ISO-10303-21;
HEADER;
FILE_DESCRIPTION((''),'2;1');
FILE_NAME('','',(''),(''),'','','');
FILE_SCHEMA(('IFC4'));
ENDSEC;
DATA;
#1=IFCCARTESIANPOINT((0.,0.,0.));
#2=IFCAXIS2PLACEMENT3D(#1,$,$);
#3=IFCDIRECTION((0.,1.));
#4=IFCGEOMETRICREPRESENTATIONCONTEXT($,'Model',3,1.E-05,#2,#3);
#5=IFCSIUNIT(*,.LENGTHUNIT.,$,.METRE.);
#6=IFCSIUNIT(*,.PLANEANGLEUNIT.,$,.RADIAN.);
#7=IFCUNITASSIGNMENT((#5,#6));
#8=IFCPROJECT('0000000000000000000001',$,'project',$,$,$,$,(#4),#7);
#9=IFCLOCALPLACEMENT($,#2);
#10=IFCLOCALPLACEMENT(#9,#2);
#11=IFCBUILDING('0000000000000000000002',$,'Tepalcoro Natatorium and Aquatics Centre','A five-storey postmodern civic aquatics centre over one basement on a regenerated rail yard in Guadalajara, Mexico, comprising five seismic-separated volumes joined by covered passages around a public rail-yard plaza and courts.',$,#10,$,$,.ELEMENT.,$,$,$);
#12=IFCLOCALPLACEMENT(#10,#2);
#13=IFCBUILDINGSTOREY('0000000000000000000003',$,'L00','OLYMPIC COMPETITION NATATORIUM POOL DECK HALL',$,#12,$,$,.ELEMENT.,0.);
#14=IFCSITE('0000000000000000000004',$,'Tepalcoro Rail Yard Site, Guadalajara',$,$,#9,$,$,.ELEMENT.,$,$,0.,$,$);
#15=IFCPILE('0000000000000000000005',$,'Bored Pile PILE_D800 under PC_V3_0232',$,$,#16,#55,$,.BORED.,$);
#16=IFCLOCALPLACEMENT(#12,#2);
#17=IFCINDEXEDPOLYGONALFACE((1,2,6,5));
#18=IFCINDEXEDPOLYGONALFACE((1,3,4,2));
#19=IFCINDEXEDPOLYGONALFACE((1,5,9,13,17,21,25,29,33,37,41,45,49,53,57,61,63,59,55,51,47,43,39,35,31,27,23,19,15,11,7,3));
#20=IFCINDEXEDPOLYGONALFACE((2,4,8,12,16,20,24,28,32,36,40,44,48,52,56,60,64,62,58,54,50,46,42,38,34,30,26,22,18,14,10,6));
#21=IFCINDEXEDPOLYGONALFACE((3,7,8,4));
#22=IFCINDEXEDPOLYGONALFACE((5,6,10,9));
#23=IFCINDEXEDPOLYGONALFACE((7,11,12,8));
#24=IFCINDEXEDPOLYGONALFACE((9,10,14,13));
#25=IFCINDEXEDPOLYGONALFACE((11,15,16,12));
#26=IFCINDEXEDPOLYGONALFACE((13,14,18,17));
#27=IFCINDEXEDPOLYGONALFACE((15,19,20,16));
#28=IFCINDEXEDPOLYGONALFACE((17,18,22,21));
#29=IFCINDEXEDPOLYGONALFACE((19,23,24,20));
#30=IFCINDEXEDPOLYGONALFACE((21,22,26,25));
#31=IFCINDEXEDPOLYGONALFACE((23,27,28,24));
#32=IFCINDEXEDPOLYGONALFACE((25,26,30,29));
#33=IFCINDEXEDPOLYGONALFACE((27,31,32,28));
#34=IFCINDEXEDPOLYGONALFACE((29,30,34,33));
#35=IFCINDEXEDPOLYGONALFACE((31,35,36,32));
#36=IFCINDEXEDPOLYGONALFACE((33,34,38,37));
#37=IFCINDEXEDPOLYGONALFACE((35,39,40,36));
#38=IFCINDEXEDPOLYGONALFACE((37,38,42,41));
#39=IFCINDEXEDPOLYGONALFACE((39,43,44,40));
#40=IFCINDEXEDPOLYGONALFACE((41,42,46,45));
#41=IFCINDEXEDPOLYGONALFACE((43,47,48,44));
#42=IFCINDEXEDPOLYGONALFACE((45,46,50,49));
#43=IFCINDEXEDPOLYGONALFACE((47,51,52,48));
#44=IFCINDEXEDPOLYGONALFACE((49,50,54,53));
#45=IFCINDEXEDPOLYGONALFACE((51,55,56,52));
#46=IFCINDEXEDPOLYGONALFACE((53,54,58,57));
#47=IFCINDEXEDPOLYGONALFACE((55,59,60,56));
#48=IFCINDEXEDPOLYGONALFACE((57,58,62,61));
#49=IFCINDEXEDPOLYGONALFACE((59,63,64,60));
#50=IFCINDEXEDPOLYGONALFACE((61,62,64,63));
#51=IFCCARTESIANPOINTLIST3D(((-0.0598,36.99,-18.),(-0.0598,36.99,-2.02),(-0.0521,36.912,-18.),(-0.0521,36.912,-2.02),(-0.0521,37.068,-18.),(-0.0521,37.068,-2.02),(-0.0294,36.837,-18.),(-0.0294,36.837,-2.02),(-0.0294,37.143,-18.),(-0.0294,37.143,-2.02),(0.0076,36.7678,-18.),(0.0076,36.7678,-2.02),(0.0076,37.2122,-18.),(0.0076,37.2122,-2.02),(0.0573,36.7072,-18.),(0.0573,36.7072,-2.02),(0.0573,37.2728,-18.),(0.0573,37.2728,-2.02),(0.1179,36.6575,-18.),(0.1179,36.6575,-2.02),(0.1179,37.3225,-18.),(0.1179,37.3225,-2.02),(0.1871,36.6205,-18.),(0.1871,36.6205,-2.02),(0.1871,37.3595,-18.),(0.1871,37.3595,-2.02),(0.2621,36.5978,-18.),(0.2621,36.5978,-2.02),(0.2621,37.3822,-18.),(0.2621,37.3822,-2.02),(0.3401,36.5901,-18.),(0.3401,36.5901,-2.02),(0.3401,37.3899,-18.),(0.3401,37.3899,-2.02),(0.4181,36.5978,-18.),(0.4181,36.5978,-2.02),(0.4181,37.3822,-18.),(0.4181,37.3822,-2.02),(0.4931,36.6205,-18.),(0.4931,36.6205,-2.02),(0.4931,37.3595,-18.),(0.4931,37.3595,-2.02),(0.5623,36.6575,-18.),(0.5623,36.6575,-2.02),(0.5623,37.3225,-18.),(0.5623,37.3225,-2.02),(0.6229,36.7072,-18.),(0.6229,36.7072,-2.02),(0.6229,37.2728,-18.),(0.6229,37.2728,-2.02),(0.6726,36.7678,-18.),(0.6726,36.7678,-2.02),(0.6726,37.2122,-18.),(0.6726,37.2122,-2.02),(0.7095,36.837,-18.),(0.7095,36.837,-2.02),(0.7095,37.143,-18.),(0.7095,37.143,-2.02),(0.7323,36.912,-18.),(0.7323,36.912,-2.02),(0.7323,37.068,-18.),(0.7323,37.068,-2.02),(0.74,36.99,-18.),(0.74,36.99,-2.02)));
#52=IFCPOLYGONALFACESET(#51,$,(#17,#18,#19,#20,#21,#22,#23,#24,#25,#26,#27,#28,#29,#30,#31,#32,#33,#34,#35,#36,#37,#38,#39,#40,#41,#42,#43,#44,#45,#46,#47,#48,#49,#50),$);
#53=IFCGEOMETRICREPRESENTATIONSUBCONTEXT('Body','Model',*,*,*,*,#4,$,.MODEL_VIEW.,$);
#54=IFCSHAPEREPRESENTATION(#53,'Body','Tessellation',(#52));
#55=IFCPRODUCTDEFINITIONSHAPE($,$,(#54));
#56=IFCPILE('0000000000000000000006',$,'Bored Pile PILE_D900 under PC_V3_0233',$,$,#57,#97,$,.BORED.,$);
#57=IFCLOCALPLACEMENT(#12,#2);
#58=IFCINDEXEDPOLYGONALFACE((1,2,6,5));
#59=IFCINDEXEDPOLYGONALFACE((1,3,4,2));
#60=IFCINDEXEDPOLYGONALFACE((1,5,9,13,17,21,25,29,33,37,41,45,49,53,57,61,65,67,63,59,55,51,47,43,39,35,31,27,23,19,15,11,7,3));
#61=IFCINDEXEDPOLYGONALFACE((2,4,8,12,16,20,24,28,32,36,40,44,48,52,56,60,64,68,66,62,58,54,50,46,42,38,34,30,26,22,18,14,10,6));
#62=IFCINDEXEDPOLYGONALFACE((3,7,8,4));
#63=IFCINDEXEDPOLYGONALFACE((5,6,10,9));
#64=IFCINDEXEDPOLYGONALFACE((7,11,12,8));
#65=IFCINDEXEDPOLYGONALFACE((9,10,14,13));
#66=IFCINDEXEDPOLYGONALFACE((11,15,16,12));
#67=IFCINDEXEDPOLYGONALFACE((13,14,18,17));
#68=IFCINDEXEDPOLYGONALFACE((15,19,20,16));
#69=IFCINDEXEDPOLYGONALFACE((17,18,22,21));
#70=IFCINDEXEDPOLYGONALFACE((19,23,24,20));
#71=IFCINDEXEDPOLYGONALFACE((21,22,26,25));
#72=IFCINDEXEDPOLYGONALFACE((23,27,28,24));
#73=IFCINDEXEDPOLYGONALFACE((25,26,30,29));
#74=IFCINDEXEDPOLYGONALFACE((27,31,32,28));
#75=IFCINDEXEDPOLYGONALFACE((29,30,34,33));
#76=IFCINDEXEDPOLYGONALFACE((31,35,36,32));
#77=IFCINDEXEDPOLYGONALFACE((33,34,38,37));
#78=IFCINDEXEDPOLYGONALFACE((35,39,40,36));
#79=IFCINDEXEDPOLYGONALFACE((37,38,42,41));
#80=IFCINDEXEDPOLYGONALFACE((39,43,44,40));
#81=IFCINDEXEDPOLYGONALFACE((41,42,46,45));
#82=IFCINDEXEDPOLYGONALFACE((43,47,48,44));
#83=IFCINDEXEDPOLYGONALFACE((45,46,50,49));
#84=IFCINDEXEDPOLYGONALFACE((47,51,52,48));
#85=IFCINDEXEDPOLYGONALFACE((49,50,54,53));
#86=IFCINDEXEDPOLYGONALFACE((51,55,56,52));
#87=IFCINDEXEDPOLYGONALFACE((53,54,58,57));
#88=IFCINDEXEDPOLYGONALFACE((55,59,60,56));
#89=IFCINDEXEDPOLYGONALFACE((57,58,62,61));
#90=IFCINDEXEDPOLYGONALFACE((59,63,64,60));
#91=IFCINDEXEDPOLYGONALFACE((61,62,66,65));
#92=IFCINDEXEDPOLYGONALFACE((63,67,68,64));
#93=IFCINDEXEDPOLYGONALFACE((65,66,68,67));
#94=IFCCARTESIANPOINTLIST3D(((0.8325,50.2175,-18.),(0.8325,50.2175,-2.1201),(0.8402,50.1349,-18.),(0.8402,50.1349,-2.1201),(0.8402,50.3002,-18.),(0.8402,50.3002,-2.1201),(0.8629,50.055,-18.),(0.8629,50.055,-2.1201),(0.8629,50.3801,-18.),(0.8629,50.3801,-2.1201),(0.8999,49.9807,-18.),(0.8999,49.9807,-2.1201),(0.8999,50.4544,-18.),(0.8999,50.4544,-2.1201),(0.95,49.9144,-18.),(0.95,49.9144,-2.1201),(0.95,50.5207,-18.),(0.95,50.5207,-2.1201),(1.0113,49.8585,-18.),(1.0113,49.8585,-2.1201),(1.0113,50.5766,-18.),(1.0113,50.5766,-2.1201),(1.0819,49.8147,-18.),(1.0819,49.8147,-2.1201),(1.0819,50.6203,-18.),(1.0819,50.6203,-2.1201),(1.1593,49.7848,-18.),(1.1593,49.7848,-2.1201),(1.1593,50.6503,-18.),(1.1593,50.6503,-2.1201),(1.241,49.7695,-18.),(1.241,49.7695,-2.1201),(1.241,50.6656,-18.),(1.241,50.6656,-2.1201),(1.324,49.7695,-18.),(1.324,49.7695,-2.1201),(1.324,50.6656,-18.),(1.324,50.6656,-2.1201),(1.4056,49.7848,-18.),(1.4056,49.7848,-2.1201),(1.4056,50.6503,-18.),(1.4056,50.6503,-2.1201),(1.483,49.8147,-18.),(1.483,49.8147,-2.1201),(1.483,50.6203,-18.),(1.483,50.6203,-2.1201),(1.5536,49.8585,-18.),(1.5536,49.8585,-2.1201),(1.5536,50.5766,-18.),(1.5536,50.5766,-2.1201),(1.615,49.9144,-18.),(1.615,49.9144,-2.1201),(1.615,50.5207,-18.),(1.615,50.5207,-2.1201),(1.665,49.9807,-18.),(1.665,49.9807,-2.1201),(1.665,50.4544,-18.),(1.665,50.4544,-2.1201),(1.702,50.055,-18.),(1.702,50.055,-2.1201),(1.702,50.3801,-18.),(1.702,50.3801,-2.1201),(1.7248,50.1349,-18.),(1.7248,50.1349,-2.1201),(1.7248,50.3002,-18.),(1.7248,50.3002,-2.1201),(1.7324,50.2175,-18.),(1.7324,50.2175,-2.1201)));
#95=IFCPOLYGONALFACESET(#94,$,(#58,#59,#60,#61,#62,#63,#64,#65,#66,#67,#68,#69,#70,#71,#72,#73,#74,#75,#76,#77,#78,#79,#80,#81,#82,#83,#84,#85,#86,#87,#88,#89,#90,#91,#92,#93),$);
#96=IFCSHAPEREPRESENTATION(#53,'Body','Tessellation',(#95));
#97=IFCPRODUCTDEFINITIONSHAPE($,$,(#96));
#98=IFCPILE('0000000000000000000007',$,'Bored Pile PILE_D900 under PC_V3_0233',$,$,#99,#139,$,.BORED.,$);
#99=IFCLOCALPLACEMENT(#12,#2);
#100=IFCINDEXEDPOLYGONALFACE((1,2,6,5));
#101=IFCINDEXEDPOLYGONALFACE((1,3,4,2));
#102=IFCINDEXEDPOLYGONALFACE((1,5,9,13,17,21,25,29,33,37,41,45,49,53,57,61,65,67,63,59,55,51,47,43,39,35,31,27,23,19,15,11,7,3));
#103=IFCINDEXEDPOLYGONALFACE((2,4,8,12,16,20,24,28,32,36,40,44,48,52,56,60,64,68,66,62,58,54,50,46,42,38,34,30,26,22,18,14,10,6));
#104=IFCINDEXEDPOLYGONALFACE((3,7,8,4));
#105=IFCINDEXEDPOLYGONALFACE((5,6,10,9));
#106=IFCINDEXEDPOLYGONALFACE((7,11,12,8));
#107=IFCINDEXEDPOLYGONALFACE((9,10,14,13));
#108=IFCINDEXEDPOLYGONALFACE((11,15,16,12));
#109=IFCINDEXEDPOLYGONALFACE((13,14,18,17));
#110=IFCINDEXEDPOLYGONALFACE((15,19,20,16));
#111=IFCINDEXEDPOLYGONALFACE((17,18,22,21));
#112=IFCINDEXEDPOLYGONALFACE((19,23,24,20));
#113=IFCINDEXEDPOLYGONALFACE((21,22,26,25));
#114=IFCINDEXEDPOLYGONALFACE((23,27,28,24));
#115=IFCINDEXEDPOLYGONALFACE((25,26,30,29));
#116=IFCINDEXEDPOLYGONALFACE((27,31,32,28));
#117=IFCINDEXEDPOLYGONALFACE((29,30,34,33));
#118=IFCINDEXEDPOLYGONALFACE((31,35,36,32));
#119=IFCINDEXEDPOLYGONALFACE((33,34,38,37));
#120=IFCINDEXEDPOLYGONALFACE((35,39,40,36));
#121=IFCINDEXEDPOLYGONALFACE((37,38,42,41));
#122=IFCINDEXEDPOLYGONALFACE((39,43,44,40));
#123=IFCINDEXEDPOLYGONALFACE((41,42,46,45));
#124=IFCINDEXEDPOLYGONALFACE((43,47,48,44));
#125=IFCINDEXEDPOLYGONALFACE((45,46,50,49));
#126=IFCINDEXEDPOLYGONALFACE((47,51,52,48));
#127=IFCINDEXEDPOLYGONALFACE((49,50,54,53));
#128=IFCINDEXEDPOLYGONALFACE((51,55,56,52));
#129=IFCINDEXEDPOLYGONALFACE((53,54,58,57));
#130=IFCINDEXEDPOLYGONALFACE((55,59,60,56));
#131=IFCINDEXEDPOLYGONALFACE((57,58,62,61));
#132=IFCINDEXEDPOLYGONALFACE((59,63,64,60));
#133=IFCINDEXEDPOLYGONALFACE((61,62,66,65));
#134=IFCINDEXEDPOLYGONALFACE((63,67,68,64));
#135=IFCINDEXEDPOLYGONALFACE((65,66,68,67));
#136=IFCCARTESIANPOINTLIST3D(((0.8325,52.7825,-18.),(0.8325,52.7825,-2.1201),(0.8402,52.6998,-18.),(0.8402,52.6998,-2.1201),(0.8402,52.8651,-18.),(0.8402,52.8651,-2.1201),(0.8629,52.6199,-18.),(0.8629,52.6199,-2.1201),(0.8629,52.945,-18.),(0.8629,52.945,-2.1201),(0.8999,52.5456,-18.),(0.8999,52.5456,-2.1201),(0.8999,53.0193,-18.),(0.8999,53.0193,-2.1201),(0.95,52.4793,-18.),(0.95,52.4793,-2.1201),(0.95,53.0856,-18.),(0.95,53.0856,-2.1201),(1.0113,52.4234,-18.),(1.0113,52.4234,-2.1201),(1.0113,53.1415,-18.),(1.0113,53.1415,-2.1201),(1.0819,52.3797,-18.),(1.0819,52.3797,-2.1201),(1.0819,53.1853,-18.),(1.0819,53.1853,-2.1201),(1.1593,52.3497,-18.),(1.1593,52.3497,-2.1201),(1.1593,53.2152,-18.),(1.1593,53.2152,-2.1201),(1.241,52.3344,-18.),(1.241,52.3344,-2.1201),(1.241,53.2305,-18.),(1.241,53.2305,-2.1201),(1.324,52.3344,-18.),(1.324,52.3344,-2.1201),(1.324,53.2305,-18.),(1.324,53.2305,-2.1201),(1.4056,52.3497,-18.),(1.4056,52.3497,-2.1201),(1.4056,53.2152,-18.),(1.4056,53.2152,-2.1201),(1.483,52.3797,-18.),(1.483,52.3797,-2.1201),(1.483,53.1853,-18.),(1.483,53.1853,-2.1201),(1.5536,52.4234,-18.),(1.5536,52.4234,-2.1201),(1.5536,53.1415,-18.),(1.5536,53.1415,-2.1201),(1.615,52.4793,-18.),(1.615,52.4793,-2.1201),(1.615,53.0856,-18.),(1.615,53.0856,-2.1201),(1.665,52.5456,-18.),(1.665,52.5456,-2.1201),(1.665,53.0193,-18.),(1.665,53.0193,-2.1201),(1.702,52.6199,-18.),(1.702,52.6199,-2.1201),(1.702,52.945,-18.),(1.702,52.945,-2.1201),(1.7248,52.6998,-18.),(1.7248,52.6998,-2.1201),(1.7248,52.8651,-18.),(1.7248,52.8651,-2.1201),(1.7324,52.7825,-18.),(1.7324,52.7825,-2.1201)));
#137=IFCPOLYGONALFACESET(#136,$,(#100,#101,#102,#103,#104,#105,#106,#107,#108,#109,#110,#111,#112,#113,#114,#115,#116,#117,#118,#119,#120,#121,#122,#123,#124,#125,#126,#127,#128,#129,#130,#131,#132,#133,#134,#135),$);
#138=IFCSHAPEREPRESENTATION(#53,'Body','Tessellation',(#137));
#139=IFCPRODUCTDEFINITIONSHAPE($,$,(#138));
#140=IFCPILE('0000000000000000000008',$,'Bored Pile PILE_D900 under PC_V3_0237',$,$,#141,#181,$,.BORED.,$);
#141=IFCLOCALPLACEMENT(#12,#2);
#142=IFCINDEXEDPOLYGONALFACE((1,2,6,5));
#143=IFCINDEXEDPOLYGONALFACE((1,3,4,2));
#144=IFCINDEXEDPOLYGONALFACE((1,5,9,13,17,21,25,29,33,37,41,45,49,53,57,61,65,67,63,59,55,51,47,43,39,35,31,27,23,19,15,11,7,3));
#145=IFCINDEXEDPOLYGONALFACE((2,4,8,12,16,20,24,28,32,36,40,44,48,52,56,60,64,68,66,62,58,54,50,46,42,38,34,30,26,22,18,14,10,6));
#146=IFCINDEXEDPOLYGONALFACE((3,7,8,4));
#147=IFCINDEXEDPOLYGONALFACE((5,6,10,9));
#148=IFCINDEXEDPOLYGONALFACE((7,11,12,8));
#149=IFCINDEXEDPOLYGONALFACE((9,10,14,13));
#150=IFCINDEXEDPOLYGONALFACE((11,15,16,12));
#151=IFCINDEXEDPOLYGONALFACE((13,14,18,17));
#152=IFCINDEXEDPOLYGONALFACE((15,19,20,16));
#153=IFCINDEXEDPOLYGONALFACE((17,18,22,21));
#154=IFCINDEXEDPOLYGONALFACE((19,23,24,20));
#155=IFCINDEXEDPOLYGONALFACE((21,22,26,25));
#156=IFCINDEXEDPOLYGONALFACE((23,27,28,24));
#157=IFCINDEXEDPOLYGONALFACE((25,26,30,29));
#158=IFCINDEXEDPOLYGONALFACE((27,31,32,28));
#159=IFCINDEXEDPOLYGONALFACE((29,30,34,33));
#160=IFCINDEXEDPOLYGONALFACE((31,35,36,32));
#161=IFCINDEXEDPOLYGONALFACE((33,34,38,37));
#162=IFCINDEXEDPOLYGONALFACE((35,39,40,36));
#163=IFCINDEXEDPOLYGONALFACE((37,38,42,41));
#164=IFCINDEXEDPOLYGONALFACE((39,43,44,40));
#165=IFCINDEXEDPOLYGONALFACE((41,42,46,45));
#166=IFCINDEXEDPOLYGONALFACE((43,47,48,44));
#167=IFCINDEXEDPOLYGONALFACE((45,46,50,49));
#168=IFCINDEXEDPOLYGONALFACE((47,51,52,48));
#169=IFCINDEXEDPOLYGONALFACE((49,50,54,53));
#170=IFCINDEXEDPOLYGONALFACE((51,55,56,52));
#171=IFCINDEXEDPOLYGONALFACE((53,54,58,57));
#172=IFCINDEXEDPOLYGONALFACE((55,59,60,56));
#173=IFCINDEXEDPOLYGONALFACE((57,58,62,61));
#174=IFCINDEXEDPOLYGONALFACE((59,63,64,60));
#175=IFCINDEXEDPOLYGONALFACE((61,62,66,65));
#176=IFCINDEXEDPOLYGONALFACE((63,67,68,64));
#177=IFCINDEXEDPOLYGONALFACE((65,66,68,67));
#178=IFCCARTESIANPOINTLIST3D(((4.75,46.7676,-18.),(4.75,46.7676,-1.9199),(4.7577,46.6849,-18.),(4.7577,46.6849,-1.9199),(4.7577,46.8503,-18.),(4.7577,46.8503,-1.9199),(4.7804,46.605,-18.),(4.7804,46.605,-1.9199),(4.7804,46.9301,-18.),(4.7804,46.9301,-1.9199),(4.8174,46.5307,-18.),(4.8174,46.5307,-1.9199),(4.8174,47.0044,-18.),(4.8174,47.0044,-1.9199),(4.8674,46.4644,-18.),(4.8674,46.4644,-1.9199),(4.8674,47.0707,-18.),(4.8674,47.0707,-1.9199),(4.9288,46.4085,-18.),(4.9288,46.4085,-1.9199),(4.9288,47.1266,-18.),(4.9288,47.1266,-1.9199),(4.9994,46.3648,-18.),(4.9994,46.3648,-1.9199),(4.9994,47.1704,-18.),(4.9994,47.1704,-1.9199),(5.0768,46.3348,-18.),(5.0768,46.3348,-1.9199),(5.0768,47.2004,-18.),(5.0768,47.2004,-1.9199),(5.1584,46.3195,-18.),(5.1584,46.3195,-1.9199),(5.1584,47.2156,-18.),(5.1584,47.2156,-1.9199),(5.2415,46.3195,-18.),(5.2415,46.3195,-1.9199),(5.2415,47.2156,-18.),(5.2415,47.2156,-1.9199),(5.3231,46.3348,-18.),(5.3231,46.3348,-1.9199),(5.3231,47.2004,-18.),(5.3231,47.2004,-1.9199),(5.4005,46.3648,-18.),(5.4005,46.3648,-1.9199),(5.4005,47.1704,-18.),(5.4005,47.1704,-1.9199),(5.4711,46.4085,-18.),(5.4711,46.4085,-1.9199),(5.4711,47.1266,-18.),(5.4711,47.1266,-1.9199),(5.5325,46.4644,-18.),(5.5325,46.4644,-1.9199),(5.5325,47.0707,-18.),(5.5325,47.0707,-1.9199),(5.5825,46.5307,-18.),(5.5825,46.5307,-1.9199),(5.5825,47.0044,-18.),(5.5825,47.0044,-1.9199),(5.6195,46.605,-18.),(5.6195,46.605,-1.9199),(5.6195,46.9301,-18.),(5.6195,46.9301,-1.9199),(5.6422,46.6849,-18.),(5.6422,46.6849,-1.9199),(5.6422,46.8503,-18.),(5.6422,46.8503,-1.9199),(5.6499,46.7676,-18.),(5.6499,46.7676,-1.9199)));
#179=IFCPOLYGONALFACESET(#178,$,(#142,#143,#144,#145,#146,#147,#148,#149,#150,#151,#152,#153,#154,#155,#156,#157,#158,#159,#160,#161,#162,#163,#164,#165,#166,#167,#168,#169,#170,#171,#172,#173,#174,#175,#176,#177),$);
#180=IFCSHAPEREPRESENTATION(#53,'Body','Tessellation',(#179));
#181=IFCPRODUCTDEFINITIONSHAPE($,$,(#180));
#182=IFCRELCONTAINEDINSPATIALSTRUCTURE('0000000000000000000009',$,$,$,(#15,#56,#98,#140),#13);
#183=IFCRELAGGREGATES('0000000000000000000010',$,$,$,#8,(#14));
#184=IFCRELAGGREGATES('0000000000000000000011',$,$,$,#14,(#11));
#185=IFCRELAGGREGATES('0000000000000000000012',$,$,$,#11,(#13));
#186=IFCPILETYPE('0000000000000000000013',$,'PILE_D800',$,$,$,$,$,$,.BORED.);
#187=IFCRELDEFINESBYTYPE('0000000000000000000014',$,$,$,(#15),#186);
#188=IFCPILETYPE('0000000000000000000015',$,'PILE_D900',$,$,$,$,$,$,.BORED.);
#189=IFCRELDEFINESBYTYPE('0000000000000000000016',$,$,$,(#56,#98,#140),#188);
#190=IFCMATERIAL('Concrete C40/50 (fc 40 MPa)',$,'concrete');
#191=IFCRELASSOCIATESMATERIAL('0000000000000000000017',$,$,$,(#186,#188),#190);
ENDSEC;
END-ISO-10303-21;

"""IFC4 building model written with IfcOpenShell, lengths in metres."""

from ifc_helpers import new_model, si_unit, direction, frame, origin, origin_2d, place, context, subcontext, project, spatial, circle, extrude, material, material_profile, profile_set, type_object, element, save


model = new_model("IFC4")

# Units and contexts
model_context = context("Model", 3, precision=1e-05, world=origin(), true_north=direction((0.0, 1.0)))
body_context = subcontext(model_context, "Body", "Model", "MODEL_VIEW")
ifc_project = project(units=[si_unit("LENGTHUNIT", "METRE"), si_unit("PLANEANGLEUNIT", "RADIAN")], contexts=[model_context])

# Site, building, storey
site_placement = place(None, origin())
site = spatial("IfcSite", under=ifc_project, at=site_placement, Name="Tepalcoro Rail Yard Site, Guadalajara", CompositionType="ELEMENT", RefElevation=0.0)
building_placement = place(site_placement, origin())
building = spatial("IfcBuilding", under=site, at=building_placement, Name="Tepalcoro Natatorium and Aquatics Centre", Description="A five-storey postmodern civic aquatics centre over one basement on a regenerated rail yard in Guadalajara, Mexico, comprising five seismic-separated volumes joined by covered passages around a public rail-yard plaza and courts.", CompositionType="ELEMENT")
storey_placement = place(building_placement, origin())
storey = spatial("IfcBuildingStorey", under=building, at=storey_placement, Name="L00", Description="OLYMPIC COMPETITION NATATORIUM POOL DECK HALL", CompositionType="ELEMENT", Elevation=0.0)

# Piles
ifc_material_1 = material(Name="Concrete C40/50 (fc 40 MPa)", Category="concrete")
ifc_material_profile_1 = material_profile(ifc_material_1, circle(Radius=0.3999, at=origin_2d()), Name="PILE_D800")
ifc_profile_set_1 = profile_set([ifc_material_profile_1], Name="Concrete C40/50 (fc 40 MPa)")
pile_type_1 = type_object("IfcPileType", Name="PILE_D800", PredefinedType="BORED", material=ifc_profile_set_1)
pile_placement = place(storey_placement, frame((0.3401, 36.99, -2.02), z_axis=(0.0, 0.0, -1.0), x_axis=(1.0, 0.0, 0.0)))
element("IfcPile", 1, at=pile_placement, inside=storey, type_object=pile_type_1, Name="Bored Pile PILE_D800 under PC_V3_0232", PredefinedType="BORED", context=body_context, shape_type="SweptSolid", body=[
    extrude(circle(Radius=0.3999, at=origin_2d()), origin(), (0.0, 0.0, 1.0), 15.98),
])
ifc_material_profile_2 = material_profile(ifc_material_1, circle(Radius=0.45, at=origin_2d()), Name="PILE_D900")
ifc_profile_set_2 = profile_set([ifc_material_profile_2], Name="Concrete C40/50 (fc 40 MPa)")
pile_type_2 = type_object("IfcPileType", Name="PILE_D900", PredefinedType="BORED", material=ifc_profile_set_2)
for number, where, z_axis, x_axis, name in (
    (2, (1.2825, 50.2175, -2.1201), (0.0, 0.0, -1.0), (1.0, 0.0, 0.0), "Bored Pile PILE_D900 under PC_V3_0233"),
    (3, (1.2825, 52.7825, -2.1201), (0.0, 0.0, -1.0), (1.0, 0.0, 0.0), "Bored Pile PILE_D900 under PC_V3_0233"),
):
    element("IfcPile", number, at=place(storey_placement, frame(where, z_axis=z_axis, x_axis=x_axis)), inside=storey, type_object=pile_type_2, Name=name, PredefinedType="BORED", context=body_context, shape_type="SweptSolid", body=[
        extrude(circle(Radius=0.45, at=origin_2d()), origin(), (0.0, 0.0, 1.0), 15.8799),
    ])
for number, where, z_axis, x_axis, name in (
    (4, (5.2, 46.7676, -1.9199), (0.0, 0.0, -1.0), (1.0, 0.0, 0.0), "Bored Pile PILE_D900 under PC_V3_0237"),
):
    element("IfcPile", number, at=place(storey_placement, frame(where, z_axis=z_axis, x_axis=x_axis)), inside=storey, type_object=pile_type_2, Name=name, PredefinedType="BORED", context=body_context, shape_type="SweptSolid", body=[
        extrude(circle(Radius=0.45, at=origin_2d()), origin(), (0.0, 0.0, 1.0), 16.0801),
    ])

save(model, "model.ifc")
